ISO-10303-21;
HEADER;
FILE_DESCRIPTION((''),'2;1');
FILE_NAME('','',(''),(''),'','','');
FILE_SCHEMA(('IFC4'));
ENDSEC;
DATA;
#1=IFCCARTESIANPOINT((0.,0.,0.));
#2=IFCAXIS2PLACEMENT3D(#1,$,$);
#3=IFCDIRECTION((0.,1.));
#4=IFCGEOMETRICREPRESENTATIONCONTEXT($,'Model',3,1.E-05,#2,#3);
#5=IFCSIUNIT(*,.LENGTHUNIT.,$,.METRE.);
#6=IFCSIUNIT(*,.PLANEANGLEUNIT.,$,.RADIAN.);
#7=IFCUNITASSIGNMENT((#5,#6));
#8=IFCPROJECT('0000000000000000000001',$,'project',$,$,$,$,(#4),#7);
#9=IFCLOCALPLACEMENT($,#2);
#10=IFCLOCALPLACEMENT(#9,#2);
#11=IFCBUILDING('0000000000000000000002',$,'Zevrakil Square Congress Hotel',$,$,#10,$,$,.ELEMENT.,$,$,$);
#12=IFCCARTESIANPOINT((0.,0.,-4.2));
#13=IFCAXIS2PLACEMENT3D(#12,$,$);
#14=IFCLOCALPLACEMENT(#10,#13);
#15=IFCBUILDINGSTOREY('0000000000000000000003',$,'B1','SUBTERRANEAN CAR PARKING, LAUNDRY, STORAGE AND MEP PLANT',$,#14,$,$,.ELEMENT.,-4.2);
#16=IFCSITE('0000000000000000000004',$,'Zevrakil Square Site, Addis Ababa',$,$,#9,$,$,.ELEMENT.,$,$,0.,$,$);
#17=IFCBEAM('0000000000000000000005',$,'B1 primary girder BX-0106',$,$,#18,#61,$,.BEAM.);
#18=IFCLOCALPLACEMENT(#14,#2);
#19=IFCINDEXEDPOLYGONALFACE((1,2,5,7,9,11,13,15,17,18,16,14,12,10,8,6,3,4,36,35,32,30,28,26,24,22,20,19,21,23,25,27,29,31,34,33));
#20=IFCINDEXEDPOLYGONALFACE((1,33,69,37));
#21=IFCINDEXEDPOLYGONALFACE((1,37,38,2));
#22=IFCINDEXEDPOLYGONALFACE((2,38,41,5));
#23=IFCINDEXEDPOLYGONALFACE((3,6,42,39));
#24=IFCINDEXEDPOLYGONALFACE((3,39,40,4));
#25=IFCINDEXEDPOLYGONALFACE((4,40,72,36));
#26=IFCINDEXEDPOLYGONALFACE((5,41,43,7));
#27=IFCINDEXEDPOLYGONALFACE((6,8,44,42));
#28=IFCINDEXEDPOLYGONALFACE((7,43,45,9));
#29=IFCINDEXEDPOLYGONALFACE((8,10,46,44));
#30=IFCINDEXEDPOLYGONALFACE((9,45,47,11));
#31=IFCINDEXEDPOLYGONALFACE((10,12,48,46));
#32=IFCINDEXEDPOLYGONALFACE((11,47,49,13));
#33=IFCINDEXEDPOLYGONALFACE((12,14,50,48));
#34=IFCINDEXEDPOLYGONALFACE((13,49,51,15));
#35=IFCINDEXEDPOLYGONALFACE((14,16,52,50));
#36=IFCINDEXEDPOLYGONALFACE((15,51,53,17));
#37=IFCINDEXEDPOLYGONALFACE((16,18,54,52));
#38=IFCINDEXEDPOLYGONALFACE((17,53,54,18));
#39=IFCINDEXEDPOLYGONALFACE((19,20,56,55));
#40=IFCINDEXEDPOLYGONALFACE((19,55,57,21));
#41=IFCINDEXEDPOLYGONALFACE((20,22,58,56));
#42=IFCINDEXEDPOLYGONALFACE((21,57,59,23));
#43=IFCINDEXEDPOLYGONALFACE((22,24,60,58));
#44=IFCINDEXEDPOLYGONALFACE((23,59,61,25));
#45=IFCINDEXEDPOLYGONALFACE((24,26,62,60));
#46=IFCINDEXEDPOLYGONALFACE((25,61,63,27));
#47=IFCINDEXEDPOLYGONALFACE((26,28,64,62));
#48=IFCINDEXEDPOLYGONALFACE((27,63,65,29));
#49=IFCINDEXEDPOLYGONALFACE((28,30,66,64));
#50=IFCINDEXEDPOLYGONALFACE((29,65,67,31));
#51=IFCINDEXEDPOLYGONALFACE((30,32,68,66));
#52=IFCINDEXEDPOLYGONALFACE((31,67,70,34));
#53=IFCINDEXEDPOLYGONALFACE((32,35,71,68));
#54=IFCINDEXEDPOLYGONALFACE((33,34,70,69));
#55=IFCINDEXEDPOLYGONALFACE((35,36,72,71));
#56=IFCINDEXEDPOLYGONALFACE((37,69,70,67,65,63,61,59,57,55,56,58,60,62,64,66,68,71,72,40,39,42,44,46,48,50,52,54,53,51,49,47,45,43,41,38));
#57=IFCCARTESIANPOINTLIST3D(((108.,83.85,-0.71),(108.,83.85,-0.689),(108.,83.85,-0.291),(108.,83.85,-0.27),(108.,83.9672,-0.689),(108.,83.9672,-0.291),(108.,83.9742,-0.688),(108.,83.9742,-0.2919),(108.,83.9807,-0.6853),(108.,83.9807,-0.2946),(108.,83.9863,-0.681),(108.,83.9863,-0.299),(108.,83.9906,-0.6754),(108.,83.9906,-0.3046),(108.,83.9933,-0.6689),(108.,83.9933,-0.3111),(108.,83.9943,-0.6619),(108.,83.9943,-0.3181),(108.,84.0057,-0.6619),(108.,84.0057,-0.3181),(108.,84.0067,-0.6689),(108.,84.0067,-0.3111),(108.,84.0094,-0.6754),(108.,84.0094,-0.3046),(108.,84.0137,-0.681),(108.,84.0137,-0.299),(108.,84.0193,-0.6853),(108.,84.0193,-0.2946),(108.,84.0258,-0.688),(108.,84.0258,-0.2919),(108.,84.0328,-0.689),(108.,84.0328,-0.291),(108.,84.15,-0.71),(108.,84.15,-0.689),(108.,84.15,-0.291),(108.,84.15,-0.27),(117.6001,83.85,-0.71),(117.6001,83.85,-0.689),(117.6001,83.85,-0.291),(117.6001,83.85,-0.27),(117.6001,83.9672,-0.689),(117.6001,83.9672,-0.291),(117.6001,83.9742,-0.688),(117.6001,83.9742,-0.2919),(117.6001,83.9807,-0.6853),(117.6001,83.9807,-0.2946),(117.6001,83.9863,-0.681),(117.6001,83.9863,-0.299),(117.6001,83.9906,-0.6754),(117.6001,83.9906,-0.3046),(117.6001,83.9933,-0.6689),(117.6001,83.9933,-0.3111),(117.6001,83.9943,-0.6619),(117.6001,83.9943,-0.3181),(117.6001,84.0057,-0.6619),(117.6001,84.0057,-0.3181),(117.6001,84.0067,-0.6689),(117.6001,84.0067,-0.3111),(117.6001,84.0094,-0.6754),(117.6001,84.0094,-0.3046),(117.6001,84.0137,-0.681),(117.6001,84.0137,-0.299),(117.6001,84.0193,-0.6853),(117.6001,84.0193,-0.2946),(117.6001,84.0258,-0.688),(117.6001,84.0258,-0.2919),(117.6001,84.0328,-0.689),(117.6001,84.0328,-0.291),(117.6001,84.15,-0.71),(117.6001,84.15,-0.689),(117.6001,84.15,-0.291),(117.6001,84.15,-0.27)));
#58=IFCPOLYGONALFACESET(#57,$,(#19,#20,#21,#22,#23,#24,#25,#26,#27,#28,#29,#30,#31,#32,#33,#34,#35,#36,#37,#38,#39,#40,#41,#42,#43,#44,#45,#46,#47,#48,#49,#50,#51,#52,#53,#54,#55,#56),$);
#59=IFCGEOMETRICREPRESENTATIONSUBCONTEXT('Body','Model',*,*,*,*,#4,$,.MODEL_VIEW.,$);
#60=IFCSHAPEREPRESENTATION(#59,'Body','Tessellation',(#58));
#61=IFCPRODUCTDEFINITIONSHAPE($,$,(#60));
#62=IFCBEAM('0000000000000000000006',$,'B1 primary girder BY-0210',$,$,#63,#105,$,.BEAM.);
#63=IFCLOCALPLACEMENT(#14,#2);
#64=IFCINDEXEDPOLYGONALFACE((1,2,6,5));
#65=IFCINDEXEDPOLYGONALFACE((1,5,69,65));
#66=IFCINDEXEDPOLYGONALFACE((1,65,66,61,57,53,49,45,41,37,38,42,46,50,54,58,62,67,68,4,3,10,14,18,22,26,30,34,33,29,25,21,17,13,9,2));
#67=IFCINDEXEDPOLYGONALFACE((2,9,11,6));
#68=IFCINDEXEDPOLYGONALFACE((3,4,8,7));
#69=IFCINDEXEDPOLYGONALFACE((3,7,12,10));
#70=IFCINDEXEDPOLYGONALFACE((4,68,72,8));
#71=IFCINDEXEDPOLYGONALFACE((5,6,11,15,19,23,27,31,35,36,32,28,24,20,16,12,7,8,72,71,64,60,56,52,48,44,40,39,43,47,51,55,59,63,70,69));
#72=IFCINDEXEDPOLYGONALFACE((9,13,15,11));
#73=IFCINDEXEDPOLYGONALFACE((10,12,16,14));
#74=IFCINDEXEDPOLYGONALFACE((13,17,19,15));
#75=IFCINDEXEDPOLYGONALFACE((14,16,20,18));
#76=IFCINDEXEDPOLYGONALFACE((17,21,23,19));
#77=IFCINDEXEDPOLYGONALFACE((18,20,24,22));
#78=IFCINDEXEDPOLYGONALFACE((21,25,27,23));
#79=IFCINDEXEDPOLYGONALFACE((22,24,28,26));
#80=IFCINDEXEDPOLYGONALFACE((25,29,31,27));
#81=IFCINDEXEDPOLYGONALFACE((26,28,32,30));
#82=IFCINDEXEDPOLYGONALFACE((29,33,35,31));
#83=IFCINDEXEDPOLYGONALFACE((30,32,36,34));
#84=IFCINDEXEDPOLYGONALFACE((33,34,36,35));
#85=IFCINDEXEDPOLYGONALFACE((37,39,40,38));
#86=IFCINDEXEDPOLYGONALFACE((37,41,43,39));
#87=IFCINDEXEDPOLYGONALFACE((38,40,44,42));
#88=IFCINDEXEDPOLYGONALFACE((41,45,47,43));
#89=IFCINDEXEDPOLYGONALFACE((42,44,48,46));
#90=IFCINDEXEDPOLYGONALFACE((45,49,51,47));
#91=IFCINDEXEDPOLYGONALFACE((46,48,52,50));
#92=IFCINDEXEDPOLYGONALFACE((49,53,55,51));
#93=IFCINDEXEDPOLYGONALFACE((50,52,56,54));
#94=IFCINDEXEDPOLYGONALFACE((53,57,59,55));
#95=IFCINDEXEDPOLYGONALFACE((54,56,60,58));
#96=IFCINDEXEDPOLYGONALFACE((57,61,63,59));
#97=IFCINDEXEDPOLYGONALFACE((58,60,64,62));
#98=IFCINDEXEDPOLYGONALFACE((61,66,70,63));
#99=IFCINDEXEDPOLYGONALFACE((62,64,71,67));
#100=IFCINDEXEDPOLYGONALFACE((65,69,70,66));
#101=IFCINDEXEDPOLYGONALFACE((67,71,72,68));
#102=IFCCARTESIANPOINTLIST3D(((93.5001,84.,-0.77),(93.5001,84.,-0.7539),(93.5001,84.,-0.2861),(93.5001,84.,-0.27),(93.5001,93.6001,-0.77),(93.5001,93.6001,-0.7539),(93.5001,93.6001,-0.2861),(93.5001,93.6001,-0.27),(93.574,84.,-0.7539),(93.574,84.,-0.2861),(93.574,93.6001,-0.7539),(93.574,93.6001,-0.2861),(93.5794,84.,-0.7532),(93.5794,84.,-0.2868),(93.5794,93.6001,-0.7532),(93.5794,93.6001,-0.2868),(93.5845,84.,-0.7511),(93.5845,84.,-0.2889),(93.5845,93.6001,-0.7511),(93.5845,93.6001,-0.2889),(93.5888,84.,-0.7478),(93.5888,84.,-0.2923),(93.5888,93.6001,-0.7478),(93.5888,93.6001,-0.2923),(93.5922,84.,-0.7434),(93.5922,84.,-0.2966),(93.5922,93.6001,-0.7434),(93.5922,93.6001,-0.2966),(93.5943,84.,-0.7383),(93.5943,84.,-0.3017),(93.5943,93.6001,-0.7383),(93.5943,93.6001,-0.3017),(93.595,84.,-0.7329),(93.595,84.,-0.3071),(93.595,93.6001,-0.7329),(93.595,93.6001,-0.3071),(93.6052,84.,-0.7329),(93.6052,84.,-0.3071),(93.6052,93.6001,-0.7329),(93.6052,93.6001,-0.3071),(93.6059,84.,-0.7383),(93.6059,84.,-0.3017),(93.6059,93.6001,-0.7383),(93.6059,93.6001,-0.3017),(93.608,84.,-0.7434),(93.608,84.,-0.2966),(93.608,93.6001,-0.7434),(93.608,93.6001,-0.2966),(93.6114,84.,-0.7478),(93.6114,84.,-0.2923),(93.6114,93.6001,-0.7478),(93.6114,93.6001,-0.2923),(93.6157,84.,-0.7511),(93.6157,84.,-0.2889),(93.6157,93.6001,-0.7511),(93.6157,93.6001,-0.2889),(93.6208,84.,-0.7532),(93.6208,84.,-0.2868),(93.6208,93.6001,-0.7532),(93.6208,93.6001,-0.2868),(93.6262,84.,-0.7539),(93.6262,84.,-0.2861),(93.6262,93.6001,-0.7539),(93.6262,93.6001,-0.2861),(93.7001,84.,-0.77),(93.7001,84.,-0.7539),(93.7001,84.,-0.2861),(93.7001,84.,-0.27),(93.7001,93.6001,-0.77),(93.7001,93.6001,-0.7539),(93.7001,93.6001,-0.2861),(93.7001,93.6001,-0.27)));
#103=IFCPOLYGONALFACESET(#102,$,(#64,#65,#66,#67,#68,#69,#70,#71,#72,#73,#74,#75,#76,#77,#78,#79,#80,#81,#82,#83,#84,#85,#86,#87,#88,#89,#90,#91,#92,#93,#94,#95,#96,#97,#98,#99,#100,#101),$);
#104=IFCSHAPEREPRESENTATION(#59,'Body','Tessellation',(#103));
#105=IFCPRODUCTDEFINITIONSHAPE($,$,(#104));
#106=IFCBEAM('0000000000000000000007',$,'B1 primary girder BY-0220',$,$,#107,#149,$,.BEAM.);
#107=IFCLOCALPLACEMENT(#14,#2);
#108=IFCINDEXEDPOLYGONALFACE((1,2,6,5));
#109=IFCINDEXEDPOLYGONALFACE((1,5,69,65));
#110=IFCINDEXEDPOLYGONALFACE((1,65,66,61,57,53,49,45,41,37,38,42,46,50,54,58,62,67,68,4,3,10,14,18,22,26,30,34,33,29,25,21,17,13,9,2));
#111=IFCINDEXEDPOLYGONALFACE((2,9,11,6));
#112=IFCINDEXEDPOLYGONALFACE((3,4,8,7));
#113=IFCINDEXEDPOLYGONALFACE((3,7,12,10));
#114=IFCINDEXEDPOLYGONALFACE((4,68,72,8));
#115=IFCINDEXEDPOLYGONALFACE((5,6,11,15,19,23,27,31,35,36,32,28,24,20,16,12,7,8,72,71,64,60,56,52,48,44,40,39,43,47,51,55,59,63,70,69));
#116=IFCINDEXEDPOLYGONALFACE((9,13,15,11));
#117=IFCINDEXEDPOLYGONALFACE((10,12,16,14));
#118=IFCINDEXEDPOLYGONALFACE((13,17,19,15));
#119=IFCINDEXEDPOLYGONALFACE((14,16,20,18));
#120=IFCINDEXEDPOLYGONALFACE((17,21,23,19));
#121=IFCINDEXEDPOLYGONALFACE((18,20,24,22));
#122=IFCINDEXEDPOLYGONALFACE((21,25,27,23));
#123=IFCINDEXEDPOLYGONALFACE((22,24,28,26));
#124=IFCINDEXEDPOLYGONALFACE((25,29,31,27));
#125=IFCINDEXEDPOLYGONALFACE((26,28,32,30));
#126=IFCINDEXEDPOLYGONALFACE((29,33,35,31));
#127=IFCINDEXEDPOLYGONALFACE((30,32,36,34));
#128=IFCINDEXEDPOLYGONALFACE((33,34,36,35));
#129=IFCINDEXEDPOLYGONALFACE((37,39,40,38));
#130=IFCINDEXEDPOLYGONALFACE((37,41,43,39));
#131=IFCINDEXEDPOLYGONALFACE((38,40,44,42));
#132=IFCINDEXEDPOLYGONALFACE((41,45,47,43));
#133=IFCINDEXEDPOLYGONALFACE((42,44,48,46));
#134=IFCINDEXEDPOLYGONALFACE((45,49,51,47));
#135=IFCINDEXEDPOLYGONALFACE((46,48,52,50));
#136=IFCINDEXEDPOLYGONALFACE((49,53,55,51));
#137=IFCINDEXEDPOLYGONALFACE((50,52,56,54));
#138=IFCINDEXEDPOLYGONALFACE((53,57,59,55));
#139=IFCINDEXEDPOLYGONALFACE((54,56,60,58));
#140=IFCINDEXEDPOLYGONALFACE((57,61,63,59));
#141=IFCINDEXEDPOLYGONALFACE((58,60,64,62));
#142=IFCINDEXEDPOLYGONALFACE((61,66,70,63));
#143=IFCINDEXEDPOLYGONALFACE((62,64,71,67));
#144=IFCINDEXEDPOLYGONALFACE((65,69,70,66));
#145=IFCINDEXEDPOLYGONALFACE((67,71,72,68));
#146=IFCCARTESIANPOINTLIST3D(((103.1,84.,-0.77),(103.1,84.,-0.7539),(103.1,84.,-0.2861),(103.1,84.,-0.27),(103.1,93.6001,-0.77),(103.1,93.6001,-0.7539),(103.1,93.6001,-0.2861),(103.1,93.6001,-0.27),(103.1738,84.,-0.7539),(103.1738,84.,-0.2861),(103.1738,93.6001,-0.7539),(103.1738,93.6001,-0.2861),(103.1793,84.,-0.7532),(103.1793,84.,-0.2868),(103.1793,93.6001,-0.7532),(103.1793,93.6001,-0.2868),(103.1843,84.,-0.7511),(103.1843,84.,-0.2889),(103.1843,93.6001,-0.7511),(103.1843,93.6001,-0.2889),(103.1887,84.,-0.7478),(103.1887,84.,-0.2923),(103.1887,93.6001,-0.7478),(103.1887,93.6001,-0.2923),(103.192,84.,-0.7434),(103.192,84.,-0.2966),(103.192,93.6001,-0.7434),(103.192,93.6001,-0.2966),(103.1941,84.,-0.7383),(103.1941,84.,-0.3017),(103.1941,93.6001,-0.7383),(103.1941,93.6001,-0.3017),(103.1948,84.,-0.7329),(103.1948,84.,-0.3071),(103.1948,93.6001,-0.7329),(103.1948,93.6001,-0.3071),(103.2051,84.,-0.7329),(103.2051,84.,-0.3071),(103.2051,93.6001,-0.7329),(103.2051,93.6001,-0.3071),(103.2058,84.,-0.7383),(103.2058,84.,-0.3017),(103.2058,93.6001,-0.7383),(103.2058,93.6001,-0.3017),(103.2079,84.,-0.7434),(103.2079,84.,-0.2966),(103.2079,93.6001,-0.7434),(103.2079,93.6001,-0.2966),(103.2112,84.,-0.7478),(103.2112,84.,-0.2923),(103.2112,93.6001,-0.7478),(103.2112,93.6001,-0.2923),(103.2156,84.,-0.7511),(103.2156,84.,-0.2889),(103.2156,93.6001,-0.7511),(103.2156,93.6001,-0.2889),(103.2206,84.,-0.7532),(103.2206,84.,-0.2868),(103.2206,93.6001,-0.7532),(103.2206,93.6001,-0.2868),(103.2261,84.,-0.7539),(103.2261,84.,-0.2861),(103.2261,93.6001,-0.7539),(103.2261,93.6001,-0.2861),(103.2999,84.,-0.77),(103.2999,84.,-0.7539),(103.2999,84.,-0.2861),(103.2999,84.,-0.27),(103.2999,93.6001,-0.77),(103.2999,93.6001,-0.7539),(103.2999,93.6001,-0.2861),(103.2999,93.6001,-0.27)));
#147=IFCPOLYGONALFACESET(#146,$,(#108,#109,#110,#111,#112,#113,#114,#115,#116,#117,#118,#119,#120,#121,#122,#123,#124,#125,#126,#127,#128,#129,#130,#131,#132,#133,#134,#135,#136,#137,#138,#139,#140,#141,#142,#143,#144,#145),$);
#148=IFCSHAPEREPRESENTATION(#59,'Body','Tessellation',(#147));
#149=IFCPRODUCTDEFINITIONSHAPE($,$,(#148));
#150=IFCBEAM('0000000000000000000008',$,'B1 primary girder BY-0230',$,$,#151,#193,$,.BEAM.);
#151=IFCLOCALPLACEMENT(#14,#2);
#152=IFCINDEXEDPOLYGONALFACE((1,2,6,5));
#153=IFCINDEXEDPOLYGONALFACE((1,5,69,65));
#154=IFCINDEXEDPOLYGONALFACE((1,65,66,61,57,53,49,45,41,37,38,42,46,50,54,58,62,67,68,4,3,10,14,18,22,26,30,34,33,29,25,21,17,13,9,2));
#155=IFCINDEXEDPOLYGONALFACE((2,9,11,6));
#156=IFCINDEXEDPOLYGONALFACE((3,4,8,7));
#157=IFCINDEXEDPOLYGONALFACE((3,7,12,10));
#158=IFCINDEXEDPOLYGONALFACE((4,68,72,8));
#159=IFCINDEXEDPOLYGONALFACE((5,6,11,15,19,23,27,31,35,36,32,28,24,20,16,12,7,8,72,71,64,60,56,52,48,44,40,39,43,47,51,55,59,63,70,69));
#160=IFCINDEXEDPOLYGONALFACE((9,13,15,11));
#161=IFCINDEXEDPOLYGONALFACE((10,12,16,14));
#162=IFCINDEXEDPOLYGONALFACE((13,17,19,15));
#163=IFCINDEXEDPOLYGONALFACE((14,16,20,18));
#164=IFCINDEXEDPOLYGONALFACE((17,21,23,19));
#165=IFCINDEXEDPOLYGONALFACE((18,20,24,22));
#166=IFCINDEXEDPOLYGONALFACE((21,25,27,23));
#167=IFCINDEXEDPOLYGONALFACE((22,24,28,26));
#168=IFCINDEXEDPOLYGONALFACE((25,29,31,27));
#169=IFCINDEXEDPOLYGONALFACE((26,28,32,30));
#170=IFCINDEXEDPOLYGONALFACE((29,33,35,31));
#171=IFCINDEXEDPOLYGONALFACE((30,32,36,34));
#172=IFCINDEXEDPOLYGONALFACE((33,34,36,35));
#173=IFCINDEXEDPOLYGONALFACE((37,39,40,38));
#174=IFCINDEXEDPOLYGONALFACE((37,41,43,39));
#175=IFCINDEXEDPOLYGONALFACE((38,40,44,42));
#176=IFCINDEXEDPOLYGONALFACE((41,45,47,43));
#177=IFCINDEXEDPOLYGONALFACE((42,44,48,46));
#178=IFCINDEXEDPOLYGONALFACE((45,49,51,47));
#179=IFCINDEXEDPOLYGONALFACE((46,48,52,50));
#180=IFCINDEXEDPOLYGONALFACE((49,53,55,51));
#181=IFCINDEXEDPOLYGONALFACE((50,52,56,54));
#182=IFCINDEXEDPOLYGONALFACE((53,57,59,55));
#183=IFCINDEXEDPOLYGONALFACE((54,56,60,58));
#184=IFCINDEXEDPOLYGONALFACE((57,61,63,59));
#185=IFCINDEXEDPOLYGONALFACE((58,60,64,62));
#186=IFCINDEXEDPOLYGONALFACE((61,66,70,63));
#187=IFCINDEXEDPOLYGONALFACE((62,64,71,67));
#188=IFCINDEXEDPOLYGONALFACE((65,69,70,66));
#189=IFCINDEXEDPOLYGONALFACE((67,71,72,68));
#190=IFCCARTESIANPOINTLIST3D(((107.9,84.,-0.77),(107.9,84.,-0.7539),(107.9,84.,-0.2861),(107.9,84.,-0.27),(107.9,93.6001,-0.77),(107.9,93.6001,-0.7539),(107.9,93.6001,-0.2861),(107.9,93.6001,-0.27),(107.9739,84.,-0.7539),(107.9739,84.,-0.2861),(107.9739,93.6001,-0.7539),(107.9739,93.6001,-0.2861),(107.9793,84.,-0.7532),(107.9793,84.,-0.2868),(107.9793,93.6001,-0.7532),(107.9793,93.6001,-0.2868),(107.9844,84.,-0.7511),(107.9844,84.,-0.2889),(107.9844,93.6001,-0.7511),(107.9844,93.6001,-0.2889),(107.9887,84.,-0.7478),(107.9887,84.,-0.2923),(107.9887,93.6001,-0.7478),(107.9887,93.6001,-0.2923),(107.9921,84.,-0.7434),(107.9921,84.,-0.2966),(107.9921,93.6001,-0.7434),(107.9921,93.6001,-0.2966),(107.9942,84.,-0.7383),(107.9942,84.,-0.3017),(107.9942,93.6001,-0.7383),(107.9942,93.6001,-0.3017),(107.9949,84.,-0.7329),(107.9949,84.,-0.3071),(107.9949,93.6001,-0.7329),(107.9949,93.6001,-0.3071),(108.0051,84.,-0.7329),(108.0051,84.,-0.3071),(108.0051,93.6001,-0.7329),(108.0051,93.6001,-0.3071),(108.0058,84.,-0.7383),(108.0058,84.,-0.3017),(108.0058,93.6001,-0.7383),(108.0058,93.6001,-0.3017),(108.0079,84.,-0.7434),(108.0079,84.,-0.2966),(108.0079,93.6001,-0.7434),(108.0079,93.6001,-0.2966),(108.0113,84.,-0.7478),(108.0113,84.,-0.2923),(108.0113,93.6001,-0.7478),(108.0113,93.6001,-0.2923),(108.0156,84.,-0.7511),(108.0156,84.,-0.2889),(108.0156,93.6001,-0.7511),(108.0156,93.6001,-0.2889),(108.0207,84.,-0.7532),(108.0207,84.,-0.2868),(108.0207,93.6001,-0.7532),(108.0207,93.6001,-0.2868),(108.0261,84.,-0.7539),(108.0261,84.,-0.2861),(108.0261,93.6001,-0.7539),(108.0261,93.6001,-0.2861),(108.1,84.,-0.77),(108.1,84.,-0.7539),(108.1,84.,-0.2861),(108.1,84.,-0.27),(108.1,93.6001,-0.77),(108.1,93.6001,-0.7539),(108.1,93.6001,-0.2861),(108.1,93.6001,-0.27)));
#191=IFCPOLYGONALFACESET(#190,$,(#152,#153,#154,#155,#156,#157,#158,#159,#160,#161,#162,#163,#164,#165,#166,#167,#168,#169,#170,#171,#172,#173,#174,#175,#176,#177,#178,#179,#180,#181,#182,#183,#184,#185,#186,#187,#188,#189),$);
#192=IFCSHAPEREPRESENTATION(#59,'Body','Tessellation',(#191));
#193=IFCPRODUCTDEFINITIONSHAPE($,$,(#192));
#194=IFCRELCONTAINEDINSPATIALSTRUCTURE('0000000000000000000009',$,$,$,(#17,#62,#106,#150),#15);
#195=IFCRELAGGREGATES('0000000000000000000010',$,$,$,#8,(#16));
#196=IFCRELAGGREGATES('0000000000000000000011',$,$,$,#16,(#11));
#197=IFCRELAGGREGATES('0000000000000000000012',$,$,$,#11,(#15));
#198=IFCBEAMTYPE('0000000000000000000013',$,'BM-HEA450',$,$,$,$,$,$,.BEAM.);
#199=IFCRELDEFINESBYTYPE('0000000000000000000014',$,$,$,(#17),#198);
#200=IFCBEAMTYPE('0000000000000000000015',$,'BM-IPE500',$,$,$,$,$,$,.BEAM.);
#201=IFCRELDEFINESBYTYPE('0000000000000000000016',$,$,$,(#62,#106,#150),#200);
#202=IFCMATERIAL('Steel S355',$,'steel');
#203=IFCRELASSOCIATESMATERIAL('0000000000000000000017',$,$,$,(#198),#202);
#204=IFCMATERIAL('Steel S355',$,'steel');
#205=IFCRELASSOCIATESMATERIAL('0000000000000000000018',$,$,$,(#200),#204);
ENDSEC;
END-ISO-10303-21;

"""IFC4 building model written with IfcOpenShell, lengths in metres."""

from ifc_helpers import new_model, si_unit, direction, frame, origin, origin_2d, place, context, subcontext, project, spatial, i_section, extrude, material, material_profile, profile_set, type_object, element, save


model = new_model("IFC4")

# Units and contexts
model_context = context("Model", 3, precision=1e-05, world=origin(), true_north=direction((0.0, 1.0)))
body_context = subcontext(model_context, "Body", "Model", "MODEL_VIEW")
ifc_project = project(units=[si_unit("LENGTHUNIT", "METRE"), si_unit("PLANEANGLEUNIT", "RADIAN")], contexts=[model_context])

# Site, building, storey
site_placement = place(None, origin())
site = spatial("IfcSite", under=ifc_project, at=site_placement, Name="Zevrakil Square Site, Addis Ababa", CompositionType="ELEMENT", RefElevation=0.0)
building_placement = place(site_placement, origin())
building = spatial("IfcBuilding", under=site, at=building_placement, Name="Zevrakil Square Congress Hotel", CompositionType="ELEMENT")
storey_placement = place(building_placement, frame((0.0, 0.0, -4.2)))
storey = spatial("IfcBuildingStorey", under=building, at=storey_placement, Name="B1", Description="SUBTERRANEAN CAR PARKING, LAUNDRY, STORAGE AND MEP PLANT", CompositionType="ELEMENT", Elevation=-4.2)

# Beams
ifc_material_1 = material(Name="Steel S355", Category="steel")
ifc_material_profile_1 = material_profile(ifc_material_1, i_section(OverallWidth=0.3, OverallDepth=0.4399, WebThickness=0.0115, FlangeThickness=0.021, FilletRadius=0.0271, at=origin_2d()), Name="HEA 450")
ifc_profile_set_1 = profile_set([ifc_material_profile_1], Name="Steel S355")
beam_type_1 = type_object("IfcBeamType", Name="BM-HEA450", PredefinedType="BEAM", material=ifc_profile_set_1)
beam_1_placement = place(storey_placement, frame((108.0, 84.0, -0.49), z_axis=(1.0, 0.0, 0.0), x_axis=(0.0, 1.0, 0.0)))
element("IfcBeam", 1, at=beam_1_placement, inside=storey, type_object=beam_type_1, Name="B1 primary girder BX-0106", PredefinedType="BEAM", context=body_context, shape_type="SweptSolid", body=[
    extrude(i_section(OverallWidth=0.3, OverallDepth=0.4399, WebThickness=0.0115, FlangeThickness=0.021, FilletRadius=0.0271, at=origin_2d()), origin(), (0.0, 0.0, 1.0), 9.6001),
])
ifc_material_2 = material(Name="Steel S355", Category="steel")
ifc_material_profile_2 = material_profile(ifc_material_2, i_section(OverallWidth=0.2, OverallDepth=0.5, WebThickness=0.0103, FlangeThickness=0.0161, FilletRadius=0.021, at=origin_2d()), Name="IPE 500")
ifc_profile_set_2 = profile_set([ifc_material_profile_2], Name="Steel S355")
beam_type_2 = type_object("IfcBeamType", Name="BM-IPE500", PredefinedType="BEAM", material=ifc_profile_set_2)
for number, where, z_axis, x_axis, name in (
    (2, (93.6001, 84.0, -0.52), (0.0, 1.0, 0.0), (-1.0, 0.0, 0.0), "B1 primary girder BY-0210"),
    (3, (103.2, 84.0, -0.52), (0.0, 1.0, 0.0), (-1.0, 0.0, 0.0), "B1 primary girder BY-0220"),
    (4, (108.0, 84.0, -0.52), (0.0, 1.0, 0.0), (-1.0, 0.0, 0.0), "B1 primary girder BY-0230"),
):
    element("IfcBeam", number, at=place(storey_placement, frame(where, z_axis=z_axis, x_axis=x_axis)), inside=storey, type_object=beam_type_2, Name=name, PredefinedType="BEAM", context=body_context, shape_type="SweptSolid", body=[
        extrude(i_section(OverallWidth=0.2, OverallDepth=0.5, WebThickness=0.0103, FlangeThickness=0.0161, FilletRadius=0.021, at=origin_2d()), origin(), (0.0, 0.0, 1.0), 9.6001),
    ])

save(model, "model.ifc")
